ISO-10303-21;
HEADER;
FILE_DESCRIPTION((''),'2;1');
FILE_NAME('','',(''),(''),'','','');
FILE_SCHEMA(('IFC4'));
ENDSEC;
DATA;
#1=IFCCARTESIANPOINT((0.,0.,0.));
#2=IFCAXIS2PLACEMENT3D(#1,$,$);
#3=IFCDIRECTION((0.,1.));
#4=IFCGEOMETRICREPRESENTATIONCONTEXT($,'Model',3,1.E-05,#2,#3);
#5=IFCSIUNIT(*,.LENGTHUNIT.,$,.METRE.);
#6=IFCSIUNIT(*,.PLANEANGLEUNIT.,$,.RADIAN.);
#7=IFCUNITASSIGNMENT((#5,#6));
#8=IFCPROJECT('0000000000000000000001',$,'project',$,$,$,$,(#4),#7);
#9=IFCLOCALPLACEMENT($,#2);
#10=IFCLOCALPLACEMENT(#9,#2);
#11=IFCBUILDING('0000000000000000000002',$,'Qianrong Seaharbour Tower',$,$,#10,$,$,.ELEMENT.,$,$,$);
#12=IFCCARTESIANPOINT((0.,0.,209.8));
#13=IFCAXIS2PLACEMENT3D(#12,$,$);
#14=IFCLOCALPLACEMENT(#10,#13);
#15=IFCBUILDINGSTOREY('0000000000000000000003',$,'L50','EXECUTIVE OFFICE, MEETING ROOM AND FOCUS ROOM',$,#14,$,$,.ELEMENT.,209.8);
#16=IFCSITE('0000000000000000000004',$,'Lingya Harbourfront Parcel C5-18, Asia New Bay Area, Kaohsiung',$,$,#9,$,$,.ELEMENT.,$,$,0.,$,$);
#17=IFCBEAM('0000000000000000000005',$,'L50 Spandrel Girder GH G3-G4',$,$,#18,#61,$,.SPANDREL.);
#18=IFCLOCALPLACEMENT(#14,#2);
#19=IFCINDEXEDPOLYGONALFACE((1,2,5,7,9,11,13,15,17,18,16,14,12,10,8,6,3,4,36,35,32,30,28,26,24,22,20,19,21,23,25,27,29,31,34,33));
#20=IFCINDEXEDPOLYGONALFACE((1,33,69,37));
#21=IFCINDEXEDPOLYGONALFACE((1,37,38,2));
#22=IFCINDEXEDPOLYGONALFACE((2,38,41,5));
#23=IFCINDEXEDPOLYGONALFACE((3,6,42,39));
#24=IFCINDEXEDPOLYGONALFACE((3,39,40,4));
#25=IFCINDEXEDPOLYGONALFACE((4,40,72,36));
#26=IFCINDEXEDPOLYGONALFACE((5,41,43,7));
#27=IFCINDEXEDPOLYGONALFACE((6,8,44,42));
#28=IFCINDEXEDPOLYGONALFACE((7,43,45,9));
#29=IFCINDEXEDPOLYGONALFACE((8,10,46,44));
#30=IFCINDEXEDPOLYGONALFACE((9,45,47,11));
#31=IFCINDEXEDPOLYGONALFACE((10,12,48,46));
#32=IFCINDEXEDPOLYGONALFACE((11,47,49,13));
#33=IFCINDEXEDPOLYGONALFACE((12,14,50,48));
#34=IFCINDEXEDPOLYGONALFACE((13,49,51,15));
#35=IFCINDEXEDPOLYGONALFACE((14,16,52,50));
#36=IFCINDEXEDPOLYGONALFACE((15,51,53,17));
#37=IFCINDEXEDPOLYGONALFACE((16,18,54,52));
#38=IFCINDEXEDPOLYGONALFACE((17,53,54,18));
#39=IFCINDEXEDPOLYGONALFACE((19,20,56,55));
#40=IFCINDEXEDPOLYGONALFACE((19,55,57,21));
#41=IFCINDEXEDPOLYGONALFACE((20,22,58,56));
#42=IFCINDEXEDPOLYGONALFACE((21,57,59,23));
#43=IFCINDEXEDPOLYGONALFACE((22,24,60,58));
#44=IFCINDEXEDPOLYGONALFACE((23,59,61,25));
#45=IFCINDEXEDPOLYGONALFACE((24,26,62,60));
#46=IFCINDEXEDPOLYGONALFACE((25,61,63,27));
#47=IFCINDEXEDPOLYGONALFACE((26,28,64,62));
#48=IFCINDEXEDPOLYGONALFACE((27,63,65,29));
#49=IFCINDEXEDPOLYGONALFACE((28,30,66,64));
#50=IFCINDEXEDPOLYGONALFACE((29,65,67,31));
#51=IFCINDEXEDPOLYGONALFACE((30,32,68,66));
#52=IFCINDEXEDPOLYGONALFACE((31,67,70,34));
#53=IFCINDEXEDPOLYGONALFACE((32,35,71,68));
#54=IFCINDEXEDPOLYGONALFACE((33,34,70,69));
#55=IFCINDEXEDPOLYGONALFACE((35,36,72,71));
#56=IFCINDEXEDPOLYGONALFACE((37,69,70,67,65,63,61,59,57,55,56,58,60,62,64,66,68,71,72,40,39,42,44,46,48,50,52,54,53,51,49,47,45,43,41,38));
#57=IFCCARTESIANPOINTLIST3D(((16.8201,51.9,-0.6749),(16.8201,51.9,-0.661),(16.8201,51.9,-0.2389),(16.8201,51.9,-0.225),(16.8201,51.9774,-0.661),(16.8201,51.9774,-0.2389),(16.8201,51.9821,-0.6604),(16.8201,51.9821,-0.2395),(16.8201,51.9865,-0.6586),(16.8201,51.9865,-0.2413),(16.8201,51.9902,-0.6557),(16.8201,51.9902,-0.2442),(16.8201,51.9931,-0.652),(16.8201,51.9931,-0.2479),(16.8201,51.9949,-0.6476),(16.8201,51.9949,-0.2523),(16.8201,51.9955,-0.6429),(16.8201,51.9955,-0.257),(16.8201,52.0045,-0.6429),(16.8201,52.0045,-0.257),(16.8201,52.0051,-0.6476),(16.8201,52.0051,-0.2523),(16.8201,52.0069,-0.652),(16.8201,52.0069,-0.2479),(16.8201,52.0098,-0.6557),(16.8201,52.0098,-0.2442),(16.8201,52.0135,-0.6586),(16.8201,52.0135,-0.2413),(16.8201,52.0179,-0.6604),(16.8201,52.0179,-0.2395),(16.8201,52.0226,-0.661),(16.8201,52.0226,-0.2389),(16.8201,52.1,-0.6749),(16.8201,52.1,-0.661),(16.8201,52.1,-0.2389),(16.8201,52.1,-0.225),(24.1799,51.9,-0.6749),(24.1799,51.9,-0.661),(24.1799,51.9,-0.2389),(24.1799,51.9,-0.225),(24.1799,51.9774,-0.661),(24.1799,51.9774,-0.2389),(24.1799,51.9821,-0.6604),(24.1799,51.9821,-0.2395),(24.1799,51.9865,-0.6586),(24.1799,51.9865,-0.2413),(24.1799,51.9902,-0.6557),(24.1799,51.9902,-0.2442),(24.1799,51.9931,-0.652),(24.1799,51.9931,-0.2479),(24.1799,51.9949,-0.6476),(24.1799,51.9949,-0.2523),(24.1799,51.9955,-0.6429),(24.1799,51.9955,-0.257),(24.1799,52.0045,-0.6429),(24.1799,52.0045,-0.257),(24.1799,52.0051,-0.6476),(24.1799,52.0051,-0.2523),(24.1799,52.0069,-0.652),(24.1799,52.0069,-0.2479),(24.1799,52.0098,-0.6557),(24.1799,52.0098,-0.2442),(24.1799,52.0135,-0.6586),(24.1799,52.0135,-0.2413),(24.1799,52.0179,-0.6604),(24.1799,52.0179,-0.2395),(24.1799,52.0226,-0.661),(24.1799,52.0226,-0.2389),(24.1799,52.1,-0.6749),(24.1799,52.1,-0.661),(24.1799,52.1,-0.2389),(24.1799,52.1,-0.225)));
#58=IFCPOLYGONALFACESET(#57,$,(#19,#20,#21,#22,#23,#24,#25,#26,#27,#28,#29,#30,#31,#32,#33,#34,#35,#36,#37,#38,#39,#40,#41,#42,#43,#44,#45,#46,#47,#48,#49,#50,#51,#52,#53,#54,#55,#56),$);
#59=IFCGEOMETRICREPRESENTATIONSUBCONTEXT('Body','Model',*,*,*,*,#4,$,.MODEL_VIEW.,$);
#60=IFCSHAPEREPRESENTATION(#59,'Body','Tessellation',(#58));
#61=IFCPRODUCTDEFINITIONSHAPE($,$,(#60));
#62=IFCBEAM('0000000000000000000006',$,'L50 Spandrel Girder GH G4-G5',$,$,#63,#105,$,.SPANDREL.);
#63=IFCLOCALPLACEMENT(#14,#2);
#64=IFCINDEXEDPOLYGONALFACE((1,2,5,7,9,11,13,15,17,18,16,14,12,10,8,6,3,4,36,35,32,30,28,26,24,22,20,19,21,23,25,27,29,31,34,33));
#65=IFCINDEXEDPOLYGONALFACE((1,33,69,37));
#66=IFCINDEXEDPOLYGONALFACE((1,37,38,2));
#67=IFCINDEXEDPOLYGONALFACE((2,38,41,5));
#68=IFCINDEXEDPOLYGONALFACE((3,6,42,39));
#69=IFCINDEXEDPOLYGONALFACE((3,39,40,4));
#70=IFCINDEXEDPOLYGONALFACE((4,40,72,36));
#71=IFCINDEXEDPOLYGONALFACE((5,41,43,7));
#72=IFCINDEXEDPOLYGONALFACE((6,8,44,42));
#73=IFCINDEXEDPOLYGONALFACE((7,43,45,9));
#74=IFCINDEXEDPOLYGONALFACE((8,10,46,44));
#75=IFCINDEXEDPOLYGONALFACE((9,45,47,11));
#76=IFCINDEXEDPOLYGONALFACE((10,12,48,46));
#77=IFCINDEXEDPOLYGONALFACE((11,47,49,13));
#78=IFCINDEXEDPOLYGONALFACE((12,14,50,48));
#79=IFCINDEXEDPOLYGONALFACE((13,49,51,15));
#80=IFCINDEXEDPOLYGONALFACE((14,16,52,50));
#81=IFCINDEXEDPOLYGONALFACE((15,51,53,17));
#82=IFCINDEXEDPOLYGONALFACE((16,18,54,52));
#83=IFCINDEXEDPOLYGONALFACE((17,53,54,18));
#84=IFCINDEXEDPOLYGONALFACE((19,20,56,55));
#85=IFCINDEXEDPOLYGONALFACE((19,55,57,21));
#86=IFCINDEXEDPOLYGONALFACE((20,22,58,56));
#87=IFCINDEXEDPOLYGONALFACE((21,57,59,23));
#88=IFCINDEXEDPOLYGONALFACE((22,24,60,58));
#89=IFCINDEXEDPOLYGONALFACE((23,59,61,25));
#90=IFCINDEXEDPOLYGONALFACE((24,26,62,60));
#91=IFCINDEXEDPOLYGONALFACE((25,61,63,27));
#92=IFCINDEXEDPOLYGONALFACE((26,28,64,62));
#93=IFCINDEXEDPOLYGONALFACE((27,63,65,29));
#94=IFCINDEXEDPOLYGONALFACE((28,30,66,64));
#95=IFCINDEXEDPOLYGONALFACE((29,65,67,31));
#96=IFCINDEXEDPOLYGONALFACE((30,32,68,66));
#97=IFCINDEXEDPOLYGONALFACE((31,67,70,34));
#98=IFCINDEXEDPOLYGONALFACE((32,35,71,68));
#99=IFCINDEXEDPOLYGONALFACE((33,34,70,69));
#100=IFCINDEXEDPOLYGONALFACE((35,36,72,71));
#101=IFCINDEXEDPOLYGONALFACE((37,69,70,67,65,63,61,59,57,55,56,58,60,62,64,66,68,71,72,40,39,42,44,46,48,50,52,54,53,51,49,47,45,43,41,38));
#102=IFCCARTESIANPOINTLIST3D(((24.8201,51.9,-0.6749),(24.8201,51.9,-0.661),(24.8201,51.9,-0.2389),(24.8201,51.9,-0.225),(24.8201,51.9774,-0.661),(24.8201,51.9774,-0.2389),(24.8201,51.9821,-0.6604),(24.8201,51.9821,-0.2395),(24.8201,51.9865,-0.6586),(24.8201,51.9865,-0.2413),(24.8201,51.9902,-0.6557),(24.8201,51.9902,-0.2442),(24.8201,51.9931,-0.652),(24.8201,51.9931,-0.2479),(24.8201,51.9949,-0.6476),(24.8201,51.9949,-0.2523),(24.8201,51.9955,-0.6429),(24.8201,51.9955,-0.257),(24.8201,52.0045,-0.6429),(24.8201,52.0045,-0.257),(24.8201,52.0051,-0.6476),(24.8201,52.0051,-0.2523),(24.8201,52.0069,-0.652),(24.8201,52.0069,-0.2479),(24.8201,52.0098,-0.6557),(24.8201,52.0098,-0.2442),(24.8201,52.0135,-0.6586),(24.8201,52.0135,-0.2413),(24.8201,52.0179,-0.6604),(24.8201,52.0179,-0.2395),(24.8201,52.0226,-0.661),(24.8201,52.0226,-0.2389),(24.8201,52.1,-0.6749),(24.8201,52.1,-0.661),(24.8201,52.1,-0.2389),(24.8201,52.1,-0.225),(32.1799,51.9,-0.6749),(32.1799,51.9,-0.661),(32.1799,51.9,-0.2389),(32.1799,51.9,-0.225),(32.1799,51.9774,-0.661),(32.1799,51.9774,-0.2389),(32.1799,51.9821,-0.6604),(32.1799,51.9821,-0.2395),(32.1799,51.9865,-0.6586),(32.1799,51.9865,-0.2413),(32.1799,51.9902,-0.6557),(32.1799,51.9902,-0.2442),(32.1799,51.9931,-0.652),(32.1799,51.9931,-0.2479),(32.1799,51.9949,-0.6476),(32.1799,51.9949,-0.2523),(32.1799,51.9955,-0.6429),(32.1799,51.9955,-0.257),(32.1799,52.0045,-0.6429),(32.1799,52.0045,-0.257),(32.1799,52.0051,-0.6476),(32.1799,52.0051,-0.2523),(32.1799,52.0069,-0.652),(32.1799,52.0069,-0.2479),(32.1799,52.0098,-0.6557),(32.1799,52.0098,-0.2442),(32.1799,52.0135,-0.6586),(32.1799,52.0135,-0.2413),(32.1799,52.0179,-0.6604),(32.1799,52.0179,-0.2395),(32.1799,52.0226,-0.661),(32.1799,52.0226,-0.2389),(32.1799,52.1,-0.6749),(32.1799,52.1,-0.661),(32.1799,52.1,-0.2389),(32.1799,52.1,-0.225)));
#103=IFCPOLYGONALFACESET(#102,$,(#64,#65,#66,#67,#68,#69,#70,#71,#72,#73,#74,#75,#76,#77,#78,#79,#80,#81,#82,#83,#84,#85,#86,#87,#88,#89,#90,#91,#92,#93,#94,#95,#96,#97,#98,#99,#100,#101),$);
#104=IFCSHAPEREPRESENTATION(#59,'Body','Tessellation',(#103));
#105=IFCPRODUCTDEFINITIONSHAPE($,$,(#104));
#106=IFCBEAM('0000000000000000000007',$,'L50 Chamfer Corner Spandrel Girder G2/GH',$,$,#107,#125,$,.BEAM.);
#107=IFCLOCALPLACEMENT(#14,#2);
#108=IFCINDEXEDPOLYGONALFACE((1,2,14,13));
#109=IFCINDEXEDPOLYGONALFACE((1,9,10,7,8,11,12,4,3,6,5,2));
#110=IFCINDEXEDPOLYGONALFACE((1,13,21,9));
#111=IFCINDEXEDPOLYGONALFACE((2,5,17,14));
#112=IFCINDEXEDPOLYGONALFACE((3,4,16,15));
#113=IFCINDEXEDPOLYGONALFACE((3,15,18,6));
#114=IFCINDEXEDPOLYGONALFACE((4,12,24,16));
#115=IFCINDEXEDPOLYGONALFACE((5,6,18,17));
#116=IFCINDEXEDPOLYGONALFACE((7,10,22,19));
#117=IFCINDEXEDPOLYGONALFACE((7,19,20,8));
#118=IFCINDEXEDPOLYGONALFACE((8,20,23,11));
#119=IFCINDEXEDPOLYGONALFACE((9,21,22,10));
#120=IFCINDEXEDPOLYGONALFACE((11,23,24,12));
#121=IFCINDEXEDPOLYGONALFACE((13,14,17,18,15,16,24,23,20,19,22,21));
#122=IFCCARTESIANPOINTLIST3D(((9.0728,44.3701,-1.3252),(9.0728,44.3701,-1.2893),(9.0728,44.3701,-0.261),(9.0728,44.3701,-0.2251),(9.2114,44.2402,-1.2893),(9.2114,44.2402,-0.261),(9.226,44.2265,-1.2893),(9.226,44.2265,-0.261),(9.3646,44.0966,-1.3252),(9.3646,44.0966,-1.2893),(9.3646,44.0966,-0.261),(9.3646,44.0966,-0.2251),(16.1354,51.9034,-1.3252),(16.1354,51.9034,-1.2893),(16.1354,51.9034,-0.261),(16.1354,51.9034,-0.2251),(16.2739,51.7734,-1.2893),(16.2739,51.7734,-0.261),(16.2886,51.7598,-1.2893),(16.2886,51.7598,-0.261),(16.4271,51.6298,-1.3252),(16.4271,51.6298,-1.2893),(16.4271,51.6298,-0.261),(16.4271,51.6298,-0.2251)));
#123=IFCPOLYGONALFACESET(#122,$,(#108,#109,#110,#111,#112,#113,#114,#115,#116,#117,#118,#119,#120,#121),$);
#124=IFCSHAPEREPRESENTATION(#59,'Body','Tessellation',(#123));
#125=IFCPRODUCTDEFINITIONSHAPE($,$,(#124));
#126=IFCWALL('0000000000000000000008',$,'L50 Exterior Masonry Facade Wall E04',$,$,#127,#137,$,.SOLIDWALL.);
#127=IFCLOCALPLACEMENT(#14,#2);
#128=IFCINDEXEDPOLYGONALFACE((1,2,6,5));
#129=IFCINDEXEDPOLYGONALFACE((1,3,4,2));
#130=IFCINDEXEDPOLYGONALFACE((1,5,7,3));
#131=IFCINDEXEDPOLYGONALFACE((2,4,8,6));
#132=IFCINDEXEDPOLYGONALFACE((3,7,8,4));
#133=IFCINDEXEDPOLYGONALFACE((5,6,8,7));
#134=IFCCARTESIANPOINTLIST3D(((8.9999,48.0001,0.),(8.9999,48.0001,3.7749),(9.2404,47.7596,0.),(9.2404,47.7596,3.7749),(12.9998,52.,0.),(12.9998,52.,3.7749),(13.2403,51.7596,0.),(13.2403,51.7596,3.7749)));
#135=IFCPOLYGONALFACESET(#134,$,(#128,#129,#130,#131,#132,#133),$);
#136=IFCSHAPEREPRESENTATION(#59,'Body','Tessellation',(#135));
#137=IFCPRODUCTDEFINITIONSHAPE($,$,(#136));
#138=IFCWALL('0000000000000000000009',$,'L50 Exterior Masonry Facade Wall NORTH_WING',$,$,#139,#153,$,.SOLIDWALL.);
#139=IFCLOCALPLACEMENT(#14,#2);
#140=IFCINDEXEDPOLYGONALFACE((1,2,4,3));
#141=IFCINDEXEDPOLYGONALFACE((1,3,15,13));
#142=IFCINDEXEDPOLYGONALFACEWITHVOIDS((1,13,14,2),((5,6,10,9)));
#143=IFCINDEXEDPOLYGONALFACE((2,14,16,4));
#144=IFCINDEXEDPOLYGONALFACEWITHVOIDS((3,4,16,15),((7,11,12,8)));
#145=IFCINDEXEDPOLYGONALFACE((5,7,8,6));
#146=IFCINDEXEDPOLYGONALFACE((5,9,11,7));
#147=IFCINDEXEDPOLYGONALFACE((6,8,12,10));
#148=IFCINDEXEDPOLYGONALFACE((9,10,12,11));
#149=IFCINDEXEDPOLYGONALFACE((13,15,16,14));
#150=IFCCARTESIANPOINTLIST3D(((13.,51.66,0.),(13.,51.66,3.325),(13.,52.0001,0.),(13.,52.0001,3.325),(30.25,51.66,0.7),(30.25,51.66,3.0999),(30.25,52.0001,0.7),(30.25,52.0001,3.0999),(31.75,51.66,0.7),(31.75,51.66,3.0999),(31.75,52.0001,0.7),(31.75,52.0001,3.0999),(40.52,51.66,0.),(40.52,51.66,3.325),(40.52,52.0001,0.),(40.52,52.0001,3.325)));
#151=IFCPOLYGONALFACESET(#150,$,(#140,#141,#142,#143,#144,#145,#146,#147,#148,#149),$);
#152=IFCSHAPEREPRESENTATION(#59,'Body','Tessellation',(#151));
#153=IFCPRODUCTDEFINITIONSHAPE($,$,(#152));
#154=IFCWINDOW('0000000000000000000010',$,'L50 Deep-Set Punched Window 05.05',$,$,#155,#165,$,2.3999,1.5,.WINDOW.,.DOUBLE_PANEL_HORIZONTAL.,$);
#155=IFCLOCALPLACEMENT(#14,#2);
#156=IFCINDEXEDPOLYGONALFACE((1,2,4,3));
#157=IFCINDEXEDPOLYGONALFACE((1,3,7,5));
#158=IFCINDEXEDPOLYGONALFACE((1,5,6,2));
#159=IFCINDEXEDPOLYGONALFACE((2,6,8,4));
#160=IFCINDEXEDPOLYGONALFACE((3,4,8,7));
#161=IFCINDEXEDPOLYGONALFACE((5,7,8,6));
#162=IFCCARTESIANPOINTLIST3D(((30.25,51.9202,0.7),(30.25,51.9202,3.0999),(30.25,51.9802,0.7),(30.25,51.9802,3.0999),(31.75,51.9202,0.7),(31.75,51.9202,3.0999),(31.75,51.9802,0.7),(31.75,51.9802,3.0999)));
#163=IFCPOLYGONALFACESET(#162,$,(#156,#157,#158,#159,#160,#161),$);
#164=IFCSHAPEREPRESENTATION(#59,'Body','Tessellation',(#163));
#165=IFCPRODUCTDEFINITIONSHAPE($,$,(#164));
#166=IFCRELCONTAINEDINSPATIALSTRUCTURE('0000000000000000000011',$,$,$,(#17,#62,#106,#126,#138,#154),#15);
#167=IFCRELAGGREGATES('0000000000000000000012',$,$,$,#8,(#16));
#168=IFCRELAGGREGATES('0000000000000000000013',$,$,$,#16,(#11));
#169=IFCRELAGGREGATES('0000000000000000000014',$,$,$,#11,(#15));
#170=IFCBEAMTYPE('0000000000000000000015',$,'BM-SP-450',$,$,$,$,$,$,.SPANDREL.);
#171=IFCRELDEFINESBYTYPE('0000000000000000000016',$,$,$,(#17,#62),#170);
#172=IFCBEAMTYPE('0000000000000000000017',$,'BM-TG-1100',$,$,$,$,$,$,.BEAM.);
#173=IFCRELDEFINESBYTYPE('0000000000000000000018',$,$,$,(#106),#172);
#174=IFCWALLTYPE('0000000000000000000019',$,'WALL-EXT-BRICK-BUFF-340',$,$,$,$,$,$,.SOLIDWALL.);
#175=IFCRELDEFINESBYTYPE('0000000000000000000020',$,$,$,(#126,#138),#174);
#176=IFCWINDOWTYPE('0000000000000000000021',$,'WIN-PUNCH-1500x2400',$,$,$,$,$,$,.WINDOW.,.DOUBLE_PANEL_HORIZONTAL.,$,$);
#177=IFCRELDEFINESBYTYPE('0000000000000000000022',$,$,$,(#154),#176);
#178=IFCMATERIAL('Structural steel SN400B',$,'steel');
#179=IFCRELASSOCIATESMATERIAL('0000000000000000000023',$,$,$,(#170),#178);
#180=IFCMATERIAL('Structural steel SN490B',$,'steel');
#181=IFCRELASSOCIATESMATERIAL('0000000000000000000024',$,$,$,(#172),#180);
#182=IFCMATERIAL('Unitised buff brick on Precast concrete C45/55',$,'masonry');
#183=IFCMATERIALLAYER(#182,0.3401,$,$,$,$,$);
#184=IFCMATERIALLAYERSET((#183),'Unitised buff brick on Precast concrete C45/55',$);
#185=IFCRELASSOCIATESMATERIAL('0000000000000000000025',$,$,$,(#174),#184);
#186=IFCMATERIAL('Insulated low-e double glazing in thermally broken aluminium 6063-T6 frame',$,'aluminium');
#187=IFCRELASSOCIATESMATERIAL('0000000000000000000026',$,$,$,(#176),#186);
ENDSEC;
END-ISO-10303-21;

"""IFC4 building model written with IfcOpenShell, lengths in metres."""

from ifc_helpers import new_model, si_unit, direction, frame, frame_2d, origin, origin_2d, place, context, subcontext, project, spatial, rectangle, i_section, extrude, material, layer, layer_set, material_profile, profile_set, type_object, element, fill, save


model = new_model("IFC4")

# Units and contexts
model_context = context("Model", 3, precision=1e-05, world=origin(), true_north=direction((0.0, 1.0)))
body_context = subcontext(model_context, "Body", "Model", "MODEL_VIEW")
ifc_project = project(units=[si_unit("LENGTHUNIT", "METRE"), si_unit("PLANEANGLEUNIT", "RADIAN")], contexts=[model_context])

# Site, building, storey
site_placement = place(None, origin())
site = spatial("IfcSite", under=ifc_project, at=site_placement, Name="Lingya Harbourfront Parcel C5-18, Asia New Bay Area, Kaohsiung", CompositionType="ELEMENT", RefElevation=0.0)
building_placement = place(site_placement, origin())
building = spatial("IfcBuilding", under=site, at=building_placement, Name="Qianrong Seaharbour Tower", CompositionType="ELEMENT")
storey_placement = place(building_placement, frame((0.0, 0.0, 209.8)))
storey = spatial("IfcBuildingStorey", under=building, at=storey_placement, Name="L50", Description="EXECUTIVE OFFICE, MEETING ROOM AND FOCUS ROOM", CompositionType="ELEMENT", Elevation=209.8)

# Shared definitions
ifc_material_1 = material(Name="Structural steel SN490B", Category="steel")

# Beams
ifc_material_2 = material(Name="Structural steel SN400B", Category="steel")
ifc_material_profile_1 = material_profile(ifc_material_2, i_section(OverallWidth=0.2, OverallDepth=0.45, WebThickness=0.009, FlangeThickness=0.0139, FilletRadius=0.0181, at=origin_2d()), Name="H450x200x9x14")
ifc_profile_set_1 = profile_set([ifc_material_profile_1], Name="Structural steel SN400B")
beam_type_1 = type_object("IfcBeamType", Name="BM-SP-450", PredefinedType="SPANDREL", material=ifc_profile_set_1)
for number, where, z_axis, x_axis, name in (
    (1, (16.8201, 52.0, -0.45), (1.0, 0.0, 0.0), (0.0, 1.0, 0.0), "L50 Spandrel Girder GH G3-G4"),
    (2, (24.8201, 52.0, -0.45), (1.0, 0.0, 0.0), (0.0, 1.0, 0.0), "L50 Spandrel Girder GH G4-G5"),
):
    element("IfcBeam", number, at=place(storey_placement, frame(where, z_axis=z_axis, x_axis=x_axis)), inside=storey, type_object=beam_type_1, Name=name, PredefinedType="SPANDREL", context=body_context, shape_type="SweptSolid", body=[
        extrude(i_section(OverallWidth=0.2, OverallDepth=0.45, WebThickness=0.009, FlangeThickness=0.0139, FilletRadius=0.0181, at=origin_2d()), origin(), (0.0, 0.0, 1.0), 7.3599),
    ])
ifc_material_profile_2 = material_profile(ifc_material_1, i_section(OverallWidth=0.3999, OverallDepth=1.1001, WebThickness=0.02, FlangeThickness=0.0359, at=origin_2d()), Name="BH1100x400x20x36")
ifc_profile_set_2 = profile_set([ifc_material_profile_2], Name="Structural steel SN490B")
beam_type_2 = type_object("IfcBeamType", Name="BM-TG-1100", PredefinedType="BEAM", material=ifc_profile_set_2)
beam_1_placement = place(storey_placement, frame((16.2812, 51.7666, -0.7751), z_axis=(-0.683947, -0.729531, 0.0), x_axis=(0.729531, -0.683947, 0.0)))
element("IfcBeam", 3, at=beam_1_placement, inside=storey, type_object=beam_type_2, Name="L50 Chamfer Corner Spandrel Girder G2/GH", PredefinedType="BEAM", context=body_context, shape_type="SweptSolid", body=[
    extrude(i_section(OverallWidth=0.3999, OverallDepth=1.1001, WebThickness=0.02, FlangeThickness=0.0359, at=origin_2d()), origin(), (0.0, 0.0, 1.0), 10.3262),
])

# Wall
ifc_material_3 = material(Name="Unitised buff brick on Precast concrete C45/55", Category="masonry")
ifc_layer_1 = layer(ifc_material_3, 0.3401)
ifc_layer_set_1 = layer_set([ifc_layer_1], Name="Unitised buff brick on Precast concrete C45/55")
wall_type_1 = type_object("IfcWallType", Name="WALL-EXT-BRICK-BUFF-340", PredefinedType="SOLIDWALL", material=ifc_layer_set_1)
wall_1_placement = place(storey_placement, frame((9.1201, 47.8799, 0.0), z_axis=(0.0, 0.0, 1.0), x_axis=(0.707107, 0.707107, 0.0)))
element("IfcWall", 4, at=wall_1_placement, inside=storey, type_object=wall_type_1, Name="L50 Exterior Masonry Facade Wall E04", PredefinedType="SOLIDWALL", context=body_context, shape_type="SweptSolid", body=[
    extrude(rectangle(XDim=5.6567, YDim=0.3401, at=frame_2d((2.8284, 0.0))), origin(), (0.0, 0.0, 1.0), 3.7749),
])

# Wall, opening, window
wall_2_placement = place(storey_placement, frame((13.0, 51.8301, 0.0), z_axis=(0.0, 0.0, 1.0), x_axis=(1.0, 0.0, 0.0)))
wall_2 = element("IfcWall", 5, at=wall_2_placement, inside=storey, type_object=wall_type_1, Name="L50 Exterior Masonry Facade Wall NORTH_WING", PredefinedType="SOLIDWALL", context=body_context, shape_type="SweptSolid", body=[
    extrude(rectangle(XDim=27.52, YDim=0.3401, at=frame_2d((13.76, 0.0))), origin(), (0.0, 0.0, 1.0), 3.325),
])
opening_1_placement = place(wall_2_placement, frame((17.25, 0.0, 0.7)))
opening_1 = element("IfcOpeningElement", 6, at=opening_1_placement, cuts=wall_2, PredefinedType="OPENING", context=body_context, shape_type="SweptSolid", body=[
    extrude(rectangle(XDim=1.5, YDim=2.3999, at=frame_2d((0.75, 1.2))), frame((0.0, 0.1802, 0.0), z_axis=(0.0, -1.0, 0.0), x_axis=(1.0, 0.0, 0.0)), (0.0, 0.0, 1.0), 0.3601),
])
ifc_material_4 = material(Name="Insulated low-e double glazing in thermally broken aluminium 6063-T6 frame", Category="aluminium")
window_type = type_object("IfcWindowType", Name="WIN-PUNCH-1500x2400", PartitioningType="DOUBLE_PANEL_HORIZONTAL", PredefinedType="WINDOW", material=ifc_material_4)
window_placement = place(opening_1_placement, origin())
window = element("IfcWindow", 7, at=window_placement, inside=storey, type_object=window_type, Name="L50 Deep-Set Punched Window 05.05", OverallHeight=2.3999, OverallWidth=1.5, PartitioningType="DOUBLE_PANEL_HORIZONTAL", PredefinedType="WINDOW", context=body_context, shape_type="SweptSolid", body=[
    extrude(rectangle(XDim=1.5, YDim=2.3999, at=frame_2d((0.75, 1.2))), frame((0.0, 0.1501, 0.0), z_axis=(0.0, -1.0, 0.0), x_axis=(1.0, 0.0, 0.0)), (0.0, 0.0, 1.0), 0.0601),
])
fill(opening_1, window)

save(model, "model.ifc")
